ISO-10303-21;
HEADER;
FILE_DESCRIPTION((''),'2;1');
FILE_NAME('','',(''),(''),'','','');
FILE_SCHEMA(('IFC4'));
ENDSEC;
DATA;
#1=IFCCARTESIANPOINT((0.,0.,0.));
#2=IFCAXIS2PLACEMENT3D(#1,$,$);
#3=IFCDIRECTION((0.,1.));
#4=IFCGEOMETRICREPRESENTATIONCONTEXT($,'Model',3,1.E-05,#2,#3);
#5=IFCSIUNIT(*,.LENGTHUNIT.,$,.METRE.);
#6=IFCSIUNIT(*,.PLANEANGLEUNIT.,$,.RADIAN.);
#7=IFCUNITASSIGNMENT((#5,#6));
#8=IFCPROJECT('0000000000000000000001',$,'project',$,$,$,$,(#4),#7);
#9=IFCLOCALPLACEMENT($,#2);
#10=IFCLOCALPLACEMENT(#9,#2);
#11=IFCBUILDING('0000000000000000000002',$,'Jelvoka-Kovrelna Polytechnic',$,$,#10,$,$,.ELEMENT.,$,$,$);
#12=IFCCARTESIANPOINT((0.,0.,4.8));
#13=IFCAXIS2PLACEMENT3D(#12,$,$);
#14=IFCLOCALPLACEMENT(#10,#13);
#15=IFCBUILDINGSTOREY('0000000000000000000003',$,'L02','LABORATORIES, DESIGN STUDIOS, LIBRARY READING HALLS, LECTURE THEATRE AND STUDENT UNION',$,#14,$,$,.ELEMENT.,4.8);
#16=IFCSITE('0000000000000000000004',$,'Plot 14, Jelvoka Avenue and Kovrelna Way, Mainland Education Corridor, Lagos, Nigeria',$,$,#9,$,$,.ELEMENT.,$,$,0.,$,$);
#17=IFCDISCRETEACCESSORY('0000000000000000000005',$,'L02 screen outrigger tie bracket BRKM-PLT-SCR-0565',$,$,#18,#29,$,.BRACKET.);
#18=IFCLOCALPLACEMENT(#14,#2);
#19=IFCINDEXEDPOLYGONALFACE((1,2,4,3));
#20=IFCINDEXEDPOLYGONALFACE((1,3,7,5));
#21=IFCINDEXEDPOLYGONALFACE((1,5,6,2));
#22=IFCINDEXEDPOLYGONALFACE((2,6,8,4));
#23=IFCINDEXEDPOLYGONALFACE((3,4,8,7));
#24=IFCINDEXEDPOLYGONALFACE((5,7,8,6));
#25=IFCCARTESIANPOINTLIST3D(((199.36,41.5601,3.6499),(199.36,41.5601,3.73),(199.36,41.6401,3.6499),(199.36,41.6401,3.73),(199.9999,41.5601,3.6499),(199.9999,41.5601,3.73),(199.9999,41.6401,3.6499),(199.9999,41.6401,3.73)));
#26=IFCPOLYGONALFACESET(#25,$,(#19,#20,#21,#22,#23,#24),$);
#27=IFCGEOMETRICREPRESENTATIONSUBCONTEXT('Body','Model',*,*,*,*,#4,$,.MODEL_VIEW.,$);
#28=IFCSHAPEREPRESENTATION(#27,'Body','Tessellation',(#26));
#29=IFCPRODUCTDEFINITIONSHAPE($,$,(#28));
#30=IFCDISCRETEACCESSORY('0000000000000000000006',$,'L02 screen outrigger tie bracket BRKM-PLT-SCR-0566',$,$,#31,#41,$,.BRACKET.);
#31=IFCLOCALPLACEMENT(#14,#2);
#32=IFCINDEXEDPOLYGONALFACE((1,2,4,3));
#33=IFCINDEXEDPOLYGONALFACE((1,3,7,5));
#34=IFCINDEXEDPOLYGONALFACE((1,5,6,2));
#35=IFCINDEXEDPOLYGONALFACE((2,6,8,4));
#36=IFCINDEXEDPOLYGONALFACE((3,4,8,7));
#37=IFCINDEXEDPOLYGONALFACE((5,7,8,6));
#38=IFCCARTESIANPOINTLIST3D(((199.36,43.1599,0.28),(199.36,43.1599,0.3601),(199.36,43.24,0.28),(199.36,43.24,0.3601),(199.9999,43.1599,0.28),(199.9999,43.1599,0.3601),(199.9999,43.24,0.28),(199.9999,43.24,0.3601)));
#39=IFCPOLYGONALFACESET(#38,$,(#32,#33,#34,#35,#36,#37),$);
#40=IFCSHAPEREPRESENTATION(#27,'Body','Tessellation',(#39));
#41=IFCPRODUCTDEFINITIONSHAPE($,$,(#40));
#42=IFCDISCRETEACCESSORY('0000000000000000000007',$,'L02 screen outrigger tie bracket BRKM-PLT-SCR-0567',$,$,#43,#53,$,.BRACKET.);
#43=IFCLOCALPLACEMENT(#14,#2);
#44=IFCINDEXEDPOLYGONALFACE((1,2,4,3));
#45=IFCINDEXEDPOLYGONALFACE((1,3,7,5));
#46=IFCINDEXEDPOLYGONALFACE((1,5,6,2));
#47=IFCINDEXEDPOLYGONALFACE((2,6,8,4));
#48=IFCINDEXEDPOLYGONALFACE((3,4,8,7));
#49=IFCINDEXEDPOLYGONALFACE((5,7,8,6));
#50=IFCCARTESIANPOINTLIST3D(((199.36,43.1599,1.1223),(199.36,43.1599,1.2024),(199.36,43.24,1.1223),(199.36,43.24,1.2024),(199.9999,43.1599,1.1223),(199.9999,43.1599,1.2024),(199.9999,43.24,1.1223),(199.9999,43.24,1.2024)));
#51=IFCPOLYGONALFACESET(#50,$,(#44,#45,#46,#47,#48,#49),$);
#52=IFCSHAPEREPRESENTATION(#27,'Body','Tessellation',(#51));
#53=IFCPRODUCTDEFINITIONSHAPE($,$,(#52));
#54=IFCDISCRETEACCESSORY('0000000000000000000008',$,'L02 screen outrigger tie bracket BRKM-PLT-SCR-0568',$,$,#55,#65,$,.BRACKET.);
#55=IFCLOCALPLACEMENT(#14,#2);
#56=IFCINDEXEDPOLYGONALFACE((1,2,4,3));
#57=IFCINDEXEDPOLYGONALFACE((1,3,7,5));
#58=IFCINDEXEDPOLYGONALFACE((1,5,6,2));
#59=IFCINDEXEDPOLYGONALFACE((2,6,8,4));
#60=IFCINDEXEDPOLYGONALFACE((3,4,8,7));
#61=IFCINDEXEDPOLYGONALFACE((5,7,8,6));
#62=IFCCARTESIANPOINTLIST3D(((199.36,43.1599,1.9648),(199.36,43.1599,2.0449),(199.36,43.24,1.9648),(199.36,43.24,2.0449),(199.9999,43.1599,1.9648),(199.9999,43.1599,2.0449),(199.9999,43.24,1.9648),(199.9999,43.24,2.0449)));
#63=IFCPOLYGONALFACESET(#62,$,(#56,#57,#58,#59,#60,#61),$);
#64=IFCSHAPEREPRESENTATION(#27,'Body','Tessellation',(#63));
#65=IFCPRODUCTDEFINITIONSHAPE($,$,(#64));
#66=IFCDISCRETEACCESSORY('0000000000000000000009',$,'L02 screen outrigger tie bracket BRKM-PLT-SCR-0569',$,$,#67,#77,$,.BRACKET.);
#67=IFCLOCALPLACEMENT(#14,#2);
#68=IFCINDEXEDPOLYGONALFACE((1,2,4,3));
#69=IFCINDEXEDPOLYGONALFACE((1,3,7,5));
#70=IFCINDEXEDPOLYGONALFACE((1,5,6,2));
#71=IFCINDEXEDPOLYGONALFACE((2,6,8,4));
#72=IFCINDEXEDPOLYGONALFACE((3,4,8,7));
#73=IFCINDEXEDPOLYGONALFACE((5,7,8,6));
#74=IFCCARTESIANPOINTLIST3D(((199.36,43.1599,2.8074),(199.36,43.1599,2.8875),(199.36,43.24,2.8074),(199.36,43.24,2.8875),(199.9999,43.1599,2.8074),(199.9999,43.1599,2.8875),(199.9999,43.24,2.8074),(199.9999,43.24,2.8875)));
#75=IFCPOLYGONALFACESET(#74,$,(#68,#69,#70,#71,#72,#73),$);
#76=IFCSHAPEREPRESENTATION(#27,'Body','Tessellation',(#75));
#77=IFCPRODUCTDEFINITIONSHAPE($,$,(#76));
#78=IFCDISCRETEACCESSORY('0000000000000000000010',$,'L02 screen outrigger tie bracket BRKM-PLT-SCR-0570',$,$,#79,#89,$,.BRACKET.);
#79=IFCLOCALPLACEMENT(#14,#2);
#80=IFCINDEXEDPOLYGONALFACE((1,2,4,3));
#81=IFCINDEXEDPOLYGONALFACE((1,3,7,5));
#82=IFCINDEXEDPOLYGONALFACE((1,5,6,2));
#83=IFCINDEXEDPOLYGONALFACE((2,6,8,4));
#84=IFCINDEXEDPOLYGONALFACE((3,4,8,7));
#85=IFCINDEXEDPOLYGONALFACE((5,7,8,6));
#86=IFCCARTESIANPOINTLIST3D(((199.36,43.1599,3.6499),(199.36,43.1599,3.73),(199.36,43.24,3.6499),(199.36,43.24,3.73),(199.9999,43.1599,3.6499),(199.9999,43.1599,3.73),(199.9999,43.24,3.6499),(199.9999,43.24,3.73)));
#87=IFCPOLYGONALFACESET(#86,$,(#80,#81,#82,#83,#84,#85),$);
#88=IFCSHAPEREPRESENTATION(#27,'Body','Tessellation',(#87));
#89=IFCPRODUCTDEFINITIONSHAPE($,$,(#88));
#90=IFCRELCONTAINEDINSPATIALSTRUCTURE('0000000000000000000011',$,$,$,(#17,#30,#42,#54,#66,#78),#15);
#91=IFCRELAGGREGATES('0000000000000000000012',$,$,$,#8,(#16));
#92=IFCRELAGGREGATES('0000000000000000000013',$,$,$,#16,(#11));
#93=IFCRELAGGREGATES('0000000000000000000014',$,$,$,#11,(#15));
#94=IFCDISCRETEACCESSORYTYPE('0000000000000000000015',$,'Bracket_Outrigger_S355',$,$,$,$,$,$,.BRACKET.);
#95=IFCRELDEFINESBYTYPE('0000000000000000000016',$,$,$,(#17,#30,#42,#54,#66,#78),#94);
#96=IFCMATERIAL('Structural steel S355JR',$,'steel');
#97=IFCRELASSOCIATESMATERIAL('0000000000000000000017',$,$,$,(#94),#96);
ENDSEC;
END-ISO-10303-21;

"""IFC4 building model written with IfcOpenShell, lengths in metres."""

from ifc_helpers import new_model, si_unit, direction, frame, origin, origin_2d, place, context, subcontext, project, spatial, rectangle, extrude, material, type_object, element, save


model = new_model("IFC4")

# Units and contexts
model_context = context("Model", 3, precision=1e-05, world=origin(), true_north=direction((0.0, 1.0)))
body_context = subcontext(model_context, "Body", "Model", "MODEL_VIEW")
ifc_project = project(units=[si_unit("LENGTHUNIT", "METRE"), si_unit("PLANEANGLEUNIT", "RADIAN")], contexts=[model_context])

# Site, building, storey
site_placement = place(None, origin())
site = spatial("IfcSite", under=ifc_project, at=site_placement, Name="Plot 14, Jelvoka Avenue and Kovrelna Way, Mainland Education Corridor, Lagos, Nigeria", CompositionType="ELEMENT", RefElevation=0.0)
building_placement = place(site_placement, origin())
building = spatial("IfcBuilding", under=site, at=building_placement, Name="Jelvoka-Kovrelna Polytechnic", CompositionType="ELEMENT")
storey_placement = place(building_placement, frame((0.0, 0.0, 4.8)))
storey = spatial("IfcBuildingStorey", under=building, at=storey_placement, Name="L02", Description="LABORATORIES, DESIGN STUDIOS, LIBRARY READING HALLS, LECTURE THEATRE AND STUDENT UNION", CompositionType="ELEMENT", Elevation=4.8)

# Discrete accessories
ifc_material_1 = material(Name="Structural steel S355JR", Category="steel")
discrete_accessory_type = type_object("IfcDiscreteAccessoryType", Name="Bracket_Outrigger_S355", PredefinedType="BRACKET", material=ifc_material_1)
for number, where, z_axis, x_axis, name in (
    (1, (199.6799, 41.6001, 3.6499), (0.0, 0.0, 1.0), (1.0, 0.0, 0.0), "L02 screen outrigger tie bracket BRKM-PLT-SCR-0565"),
    (2, (199.6799, 43.2, 0.28), (0.0, 0.0, 1.0), (1.0, 0.0, 0.0), "L02 screen outrigger tie bracket BRKM-PLT-SCR-0566"),
    (3, (199.6799, 43.2, 1.1223), (0.0, 0.0, 1.0), (1.0, 0.0, 0.0), "L02 screen outrigger tie bracket BRKM-PLT-SCR-0567"),
    (4, (199.6799, 43.2, 1.9648), (0.0, 0.0, 1.0), (1.0, 0.0, 0.0), "L02 screen outrigger tie bracket BRKM-PLT-SCR-0568"),
    (5, (199.6799, 43.2, 2.8074), (0.0, 0.0, 1.0), (1.0, 0.0, 0.0), "L02 screen outrigger tie bracket BRKM-PLT-SCR-0569"),
    (6, (199.6799, 43.2, 3.6499), (0.0, 0.0, 1.0), (1.0, 0.0, 0.0), "L02 screen outrigger tie bracket BRKM-PLT-SCR-0570"),
):
    element("IfcDiscreteAccessory", number, at=place(storey_placement, frame(where, z_axis=z_axis, x_axis=x_axis)), inside=storey, type_object=discrete_accessory_type, Name=name, PredefinedType="BRACKET", context=body_context, shape_type="SweptSolid", body=[
        extrude(rectangle(XDim=0.6399, YDim=0.0801, at=origin_2d()), origin(), (0.0, 0.0, 1.0), 0.0801),
    ])

save(model, "model.ifc")
